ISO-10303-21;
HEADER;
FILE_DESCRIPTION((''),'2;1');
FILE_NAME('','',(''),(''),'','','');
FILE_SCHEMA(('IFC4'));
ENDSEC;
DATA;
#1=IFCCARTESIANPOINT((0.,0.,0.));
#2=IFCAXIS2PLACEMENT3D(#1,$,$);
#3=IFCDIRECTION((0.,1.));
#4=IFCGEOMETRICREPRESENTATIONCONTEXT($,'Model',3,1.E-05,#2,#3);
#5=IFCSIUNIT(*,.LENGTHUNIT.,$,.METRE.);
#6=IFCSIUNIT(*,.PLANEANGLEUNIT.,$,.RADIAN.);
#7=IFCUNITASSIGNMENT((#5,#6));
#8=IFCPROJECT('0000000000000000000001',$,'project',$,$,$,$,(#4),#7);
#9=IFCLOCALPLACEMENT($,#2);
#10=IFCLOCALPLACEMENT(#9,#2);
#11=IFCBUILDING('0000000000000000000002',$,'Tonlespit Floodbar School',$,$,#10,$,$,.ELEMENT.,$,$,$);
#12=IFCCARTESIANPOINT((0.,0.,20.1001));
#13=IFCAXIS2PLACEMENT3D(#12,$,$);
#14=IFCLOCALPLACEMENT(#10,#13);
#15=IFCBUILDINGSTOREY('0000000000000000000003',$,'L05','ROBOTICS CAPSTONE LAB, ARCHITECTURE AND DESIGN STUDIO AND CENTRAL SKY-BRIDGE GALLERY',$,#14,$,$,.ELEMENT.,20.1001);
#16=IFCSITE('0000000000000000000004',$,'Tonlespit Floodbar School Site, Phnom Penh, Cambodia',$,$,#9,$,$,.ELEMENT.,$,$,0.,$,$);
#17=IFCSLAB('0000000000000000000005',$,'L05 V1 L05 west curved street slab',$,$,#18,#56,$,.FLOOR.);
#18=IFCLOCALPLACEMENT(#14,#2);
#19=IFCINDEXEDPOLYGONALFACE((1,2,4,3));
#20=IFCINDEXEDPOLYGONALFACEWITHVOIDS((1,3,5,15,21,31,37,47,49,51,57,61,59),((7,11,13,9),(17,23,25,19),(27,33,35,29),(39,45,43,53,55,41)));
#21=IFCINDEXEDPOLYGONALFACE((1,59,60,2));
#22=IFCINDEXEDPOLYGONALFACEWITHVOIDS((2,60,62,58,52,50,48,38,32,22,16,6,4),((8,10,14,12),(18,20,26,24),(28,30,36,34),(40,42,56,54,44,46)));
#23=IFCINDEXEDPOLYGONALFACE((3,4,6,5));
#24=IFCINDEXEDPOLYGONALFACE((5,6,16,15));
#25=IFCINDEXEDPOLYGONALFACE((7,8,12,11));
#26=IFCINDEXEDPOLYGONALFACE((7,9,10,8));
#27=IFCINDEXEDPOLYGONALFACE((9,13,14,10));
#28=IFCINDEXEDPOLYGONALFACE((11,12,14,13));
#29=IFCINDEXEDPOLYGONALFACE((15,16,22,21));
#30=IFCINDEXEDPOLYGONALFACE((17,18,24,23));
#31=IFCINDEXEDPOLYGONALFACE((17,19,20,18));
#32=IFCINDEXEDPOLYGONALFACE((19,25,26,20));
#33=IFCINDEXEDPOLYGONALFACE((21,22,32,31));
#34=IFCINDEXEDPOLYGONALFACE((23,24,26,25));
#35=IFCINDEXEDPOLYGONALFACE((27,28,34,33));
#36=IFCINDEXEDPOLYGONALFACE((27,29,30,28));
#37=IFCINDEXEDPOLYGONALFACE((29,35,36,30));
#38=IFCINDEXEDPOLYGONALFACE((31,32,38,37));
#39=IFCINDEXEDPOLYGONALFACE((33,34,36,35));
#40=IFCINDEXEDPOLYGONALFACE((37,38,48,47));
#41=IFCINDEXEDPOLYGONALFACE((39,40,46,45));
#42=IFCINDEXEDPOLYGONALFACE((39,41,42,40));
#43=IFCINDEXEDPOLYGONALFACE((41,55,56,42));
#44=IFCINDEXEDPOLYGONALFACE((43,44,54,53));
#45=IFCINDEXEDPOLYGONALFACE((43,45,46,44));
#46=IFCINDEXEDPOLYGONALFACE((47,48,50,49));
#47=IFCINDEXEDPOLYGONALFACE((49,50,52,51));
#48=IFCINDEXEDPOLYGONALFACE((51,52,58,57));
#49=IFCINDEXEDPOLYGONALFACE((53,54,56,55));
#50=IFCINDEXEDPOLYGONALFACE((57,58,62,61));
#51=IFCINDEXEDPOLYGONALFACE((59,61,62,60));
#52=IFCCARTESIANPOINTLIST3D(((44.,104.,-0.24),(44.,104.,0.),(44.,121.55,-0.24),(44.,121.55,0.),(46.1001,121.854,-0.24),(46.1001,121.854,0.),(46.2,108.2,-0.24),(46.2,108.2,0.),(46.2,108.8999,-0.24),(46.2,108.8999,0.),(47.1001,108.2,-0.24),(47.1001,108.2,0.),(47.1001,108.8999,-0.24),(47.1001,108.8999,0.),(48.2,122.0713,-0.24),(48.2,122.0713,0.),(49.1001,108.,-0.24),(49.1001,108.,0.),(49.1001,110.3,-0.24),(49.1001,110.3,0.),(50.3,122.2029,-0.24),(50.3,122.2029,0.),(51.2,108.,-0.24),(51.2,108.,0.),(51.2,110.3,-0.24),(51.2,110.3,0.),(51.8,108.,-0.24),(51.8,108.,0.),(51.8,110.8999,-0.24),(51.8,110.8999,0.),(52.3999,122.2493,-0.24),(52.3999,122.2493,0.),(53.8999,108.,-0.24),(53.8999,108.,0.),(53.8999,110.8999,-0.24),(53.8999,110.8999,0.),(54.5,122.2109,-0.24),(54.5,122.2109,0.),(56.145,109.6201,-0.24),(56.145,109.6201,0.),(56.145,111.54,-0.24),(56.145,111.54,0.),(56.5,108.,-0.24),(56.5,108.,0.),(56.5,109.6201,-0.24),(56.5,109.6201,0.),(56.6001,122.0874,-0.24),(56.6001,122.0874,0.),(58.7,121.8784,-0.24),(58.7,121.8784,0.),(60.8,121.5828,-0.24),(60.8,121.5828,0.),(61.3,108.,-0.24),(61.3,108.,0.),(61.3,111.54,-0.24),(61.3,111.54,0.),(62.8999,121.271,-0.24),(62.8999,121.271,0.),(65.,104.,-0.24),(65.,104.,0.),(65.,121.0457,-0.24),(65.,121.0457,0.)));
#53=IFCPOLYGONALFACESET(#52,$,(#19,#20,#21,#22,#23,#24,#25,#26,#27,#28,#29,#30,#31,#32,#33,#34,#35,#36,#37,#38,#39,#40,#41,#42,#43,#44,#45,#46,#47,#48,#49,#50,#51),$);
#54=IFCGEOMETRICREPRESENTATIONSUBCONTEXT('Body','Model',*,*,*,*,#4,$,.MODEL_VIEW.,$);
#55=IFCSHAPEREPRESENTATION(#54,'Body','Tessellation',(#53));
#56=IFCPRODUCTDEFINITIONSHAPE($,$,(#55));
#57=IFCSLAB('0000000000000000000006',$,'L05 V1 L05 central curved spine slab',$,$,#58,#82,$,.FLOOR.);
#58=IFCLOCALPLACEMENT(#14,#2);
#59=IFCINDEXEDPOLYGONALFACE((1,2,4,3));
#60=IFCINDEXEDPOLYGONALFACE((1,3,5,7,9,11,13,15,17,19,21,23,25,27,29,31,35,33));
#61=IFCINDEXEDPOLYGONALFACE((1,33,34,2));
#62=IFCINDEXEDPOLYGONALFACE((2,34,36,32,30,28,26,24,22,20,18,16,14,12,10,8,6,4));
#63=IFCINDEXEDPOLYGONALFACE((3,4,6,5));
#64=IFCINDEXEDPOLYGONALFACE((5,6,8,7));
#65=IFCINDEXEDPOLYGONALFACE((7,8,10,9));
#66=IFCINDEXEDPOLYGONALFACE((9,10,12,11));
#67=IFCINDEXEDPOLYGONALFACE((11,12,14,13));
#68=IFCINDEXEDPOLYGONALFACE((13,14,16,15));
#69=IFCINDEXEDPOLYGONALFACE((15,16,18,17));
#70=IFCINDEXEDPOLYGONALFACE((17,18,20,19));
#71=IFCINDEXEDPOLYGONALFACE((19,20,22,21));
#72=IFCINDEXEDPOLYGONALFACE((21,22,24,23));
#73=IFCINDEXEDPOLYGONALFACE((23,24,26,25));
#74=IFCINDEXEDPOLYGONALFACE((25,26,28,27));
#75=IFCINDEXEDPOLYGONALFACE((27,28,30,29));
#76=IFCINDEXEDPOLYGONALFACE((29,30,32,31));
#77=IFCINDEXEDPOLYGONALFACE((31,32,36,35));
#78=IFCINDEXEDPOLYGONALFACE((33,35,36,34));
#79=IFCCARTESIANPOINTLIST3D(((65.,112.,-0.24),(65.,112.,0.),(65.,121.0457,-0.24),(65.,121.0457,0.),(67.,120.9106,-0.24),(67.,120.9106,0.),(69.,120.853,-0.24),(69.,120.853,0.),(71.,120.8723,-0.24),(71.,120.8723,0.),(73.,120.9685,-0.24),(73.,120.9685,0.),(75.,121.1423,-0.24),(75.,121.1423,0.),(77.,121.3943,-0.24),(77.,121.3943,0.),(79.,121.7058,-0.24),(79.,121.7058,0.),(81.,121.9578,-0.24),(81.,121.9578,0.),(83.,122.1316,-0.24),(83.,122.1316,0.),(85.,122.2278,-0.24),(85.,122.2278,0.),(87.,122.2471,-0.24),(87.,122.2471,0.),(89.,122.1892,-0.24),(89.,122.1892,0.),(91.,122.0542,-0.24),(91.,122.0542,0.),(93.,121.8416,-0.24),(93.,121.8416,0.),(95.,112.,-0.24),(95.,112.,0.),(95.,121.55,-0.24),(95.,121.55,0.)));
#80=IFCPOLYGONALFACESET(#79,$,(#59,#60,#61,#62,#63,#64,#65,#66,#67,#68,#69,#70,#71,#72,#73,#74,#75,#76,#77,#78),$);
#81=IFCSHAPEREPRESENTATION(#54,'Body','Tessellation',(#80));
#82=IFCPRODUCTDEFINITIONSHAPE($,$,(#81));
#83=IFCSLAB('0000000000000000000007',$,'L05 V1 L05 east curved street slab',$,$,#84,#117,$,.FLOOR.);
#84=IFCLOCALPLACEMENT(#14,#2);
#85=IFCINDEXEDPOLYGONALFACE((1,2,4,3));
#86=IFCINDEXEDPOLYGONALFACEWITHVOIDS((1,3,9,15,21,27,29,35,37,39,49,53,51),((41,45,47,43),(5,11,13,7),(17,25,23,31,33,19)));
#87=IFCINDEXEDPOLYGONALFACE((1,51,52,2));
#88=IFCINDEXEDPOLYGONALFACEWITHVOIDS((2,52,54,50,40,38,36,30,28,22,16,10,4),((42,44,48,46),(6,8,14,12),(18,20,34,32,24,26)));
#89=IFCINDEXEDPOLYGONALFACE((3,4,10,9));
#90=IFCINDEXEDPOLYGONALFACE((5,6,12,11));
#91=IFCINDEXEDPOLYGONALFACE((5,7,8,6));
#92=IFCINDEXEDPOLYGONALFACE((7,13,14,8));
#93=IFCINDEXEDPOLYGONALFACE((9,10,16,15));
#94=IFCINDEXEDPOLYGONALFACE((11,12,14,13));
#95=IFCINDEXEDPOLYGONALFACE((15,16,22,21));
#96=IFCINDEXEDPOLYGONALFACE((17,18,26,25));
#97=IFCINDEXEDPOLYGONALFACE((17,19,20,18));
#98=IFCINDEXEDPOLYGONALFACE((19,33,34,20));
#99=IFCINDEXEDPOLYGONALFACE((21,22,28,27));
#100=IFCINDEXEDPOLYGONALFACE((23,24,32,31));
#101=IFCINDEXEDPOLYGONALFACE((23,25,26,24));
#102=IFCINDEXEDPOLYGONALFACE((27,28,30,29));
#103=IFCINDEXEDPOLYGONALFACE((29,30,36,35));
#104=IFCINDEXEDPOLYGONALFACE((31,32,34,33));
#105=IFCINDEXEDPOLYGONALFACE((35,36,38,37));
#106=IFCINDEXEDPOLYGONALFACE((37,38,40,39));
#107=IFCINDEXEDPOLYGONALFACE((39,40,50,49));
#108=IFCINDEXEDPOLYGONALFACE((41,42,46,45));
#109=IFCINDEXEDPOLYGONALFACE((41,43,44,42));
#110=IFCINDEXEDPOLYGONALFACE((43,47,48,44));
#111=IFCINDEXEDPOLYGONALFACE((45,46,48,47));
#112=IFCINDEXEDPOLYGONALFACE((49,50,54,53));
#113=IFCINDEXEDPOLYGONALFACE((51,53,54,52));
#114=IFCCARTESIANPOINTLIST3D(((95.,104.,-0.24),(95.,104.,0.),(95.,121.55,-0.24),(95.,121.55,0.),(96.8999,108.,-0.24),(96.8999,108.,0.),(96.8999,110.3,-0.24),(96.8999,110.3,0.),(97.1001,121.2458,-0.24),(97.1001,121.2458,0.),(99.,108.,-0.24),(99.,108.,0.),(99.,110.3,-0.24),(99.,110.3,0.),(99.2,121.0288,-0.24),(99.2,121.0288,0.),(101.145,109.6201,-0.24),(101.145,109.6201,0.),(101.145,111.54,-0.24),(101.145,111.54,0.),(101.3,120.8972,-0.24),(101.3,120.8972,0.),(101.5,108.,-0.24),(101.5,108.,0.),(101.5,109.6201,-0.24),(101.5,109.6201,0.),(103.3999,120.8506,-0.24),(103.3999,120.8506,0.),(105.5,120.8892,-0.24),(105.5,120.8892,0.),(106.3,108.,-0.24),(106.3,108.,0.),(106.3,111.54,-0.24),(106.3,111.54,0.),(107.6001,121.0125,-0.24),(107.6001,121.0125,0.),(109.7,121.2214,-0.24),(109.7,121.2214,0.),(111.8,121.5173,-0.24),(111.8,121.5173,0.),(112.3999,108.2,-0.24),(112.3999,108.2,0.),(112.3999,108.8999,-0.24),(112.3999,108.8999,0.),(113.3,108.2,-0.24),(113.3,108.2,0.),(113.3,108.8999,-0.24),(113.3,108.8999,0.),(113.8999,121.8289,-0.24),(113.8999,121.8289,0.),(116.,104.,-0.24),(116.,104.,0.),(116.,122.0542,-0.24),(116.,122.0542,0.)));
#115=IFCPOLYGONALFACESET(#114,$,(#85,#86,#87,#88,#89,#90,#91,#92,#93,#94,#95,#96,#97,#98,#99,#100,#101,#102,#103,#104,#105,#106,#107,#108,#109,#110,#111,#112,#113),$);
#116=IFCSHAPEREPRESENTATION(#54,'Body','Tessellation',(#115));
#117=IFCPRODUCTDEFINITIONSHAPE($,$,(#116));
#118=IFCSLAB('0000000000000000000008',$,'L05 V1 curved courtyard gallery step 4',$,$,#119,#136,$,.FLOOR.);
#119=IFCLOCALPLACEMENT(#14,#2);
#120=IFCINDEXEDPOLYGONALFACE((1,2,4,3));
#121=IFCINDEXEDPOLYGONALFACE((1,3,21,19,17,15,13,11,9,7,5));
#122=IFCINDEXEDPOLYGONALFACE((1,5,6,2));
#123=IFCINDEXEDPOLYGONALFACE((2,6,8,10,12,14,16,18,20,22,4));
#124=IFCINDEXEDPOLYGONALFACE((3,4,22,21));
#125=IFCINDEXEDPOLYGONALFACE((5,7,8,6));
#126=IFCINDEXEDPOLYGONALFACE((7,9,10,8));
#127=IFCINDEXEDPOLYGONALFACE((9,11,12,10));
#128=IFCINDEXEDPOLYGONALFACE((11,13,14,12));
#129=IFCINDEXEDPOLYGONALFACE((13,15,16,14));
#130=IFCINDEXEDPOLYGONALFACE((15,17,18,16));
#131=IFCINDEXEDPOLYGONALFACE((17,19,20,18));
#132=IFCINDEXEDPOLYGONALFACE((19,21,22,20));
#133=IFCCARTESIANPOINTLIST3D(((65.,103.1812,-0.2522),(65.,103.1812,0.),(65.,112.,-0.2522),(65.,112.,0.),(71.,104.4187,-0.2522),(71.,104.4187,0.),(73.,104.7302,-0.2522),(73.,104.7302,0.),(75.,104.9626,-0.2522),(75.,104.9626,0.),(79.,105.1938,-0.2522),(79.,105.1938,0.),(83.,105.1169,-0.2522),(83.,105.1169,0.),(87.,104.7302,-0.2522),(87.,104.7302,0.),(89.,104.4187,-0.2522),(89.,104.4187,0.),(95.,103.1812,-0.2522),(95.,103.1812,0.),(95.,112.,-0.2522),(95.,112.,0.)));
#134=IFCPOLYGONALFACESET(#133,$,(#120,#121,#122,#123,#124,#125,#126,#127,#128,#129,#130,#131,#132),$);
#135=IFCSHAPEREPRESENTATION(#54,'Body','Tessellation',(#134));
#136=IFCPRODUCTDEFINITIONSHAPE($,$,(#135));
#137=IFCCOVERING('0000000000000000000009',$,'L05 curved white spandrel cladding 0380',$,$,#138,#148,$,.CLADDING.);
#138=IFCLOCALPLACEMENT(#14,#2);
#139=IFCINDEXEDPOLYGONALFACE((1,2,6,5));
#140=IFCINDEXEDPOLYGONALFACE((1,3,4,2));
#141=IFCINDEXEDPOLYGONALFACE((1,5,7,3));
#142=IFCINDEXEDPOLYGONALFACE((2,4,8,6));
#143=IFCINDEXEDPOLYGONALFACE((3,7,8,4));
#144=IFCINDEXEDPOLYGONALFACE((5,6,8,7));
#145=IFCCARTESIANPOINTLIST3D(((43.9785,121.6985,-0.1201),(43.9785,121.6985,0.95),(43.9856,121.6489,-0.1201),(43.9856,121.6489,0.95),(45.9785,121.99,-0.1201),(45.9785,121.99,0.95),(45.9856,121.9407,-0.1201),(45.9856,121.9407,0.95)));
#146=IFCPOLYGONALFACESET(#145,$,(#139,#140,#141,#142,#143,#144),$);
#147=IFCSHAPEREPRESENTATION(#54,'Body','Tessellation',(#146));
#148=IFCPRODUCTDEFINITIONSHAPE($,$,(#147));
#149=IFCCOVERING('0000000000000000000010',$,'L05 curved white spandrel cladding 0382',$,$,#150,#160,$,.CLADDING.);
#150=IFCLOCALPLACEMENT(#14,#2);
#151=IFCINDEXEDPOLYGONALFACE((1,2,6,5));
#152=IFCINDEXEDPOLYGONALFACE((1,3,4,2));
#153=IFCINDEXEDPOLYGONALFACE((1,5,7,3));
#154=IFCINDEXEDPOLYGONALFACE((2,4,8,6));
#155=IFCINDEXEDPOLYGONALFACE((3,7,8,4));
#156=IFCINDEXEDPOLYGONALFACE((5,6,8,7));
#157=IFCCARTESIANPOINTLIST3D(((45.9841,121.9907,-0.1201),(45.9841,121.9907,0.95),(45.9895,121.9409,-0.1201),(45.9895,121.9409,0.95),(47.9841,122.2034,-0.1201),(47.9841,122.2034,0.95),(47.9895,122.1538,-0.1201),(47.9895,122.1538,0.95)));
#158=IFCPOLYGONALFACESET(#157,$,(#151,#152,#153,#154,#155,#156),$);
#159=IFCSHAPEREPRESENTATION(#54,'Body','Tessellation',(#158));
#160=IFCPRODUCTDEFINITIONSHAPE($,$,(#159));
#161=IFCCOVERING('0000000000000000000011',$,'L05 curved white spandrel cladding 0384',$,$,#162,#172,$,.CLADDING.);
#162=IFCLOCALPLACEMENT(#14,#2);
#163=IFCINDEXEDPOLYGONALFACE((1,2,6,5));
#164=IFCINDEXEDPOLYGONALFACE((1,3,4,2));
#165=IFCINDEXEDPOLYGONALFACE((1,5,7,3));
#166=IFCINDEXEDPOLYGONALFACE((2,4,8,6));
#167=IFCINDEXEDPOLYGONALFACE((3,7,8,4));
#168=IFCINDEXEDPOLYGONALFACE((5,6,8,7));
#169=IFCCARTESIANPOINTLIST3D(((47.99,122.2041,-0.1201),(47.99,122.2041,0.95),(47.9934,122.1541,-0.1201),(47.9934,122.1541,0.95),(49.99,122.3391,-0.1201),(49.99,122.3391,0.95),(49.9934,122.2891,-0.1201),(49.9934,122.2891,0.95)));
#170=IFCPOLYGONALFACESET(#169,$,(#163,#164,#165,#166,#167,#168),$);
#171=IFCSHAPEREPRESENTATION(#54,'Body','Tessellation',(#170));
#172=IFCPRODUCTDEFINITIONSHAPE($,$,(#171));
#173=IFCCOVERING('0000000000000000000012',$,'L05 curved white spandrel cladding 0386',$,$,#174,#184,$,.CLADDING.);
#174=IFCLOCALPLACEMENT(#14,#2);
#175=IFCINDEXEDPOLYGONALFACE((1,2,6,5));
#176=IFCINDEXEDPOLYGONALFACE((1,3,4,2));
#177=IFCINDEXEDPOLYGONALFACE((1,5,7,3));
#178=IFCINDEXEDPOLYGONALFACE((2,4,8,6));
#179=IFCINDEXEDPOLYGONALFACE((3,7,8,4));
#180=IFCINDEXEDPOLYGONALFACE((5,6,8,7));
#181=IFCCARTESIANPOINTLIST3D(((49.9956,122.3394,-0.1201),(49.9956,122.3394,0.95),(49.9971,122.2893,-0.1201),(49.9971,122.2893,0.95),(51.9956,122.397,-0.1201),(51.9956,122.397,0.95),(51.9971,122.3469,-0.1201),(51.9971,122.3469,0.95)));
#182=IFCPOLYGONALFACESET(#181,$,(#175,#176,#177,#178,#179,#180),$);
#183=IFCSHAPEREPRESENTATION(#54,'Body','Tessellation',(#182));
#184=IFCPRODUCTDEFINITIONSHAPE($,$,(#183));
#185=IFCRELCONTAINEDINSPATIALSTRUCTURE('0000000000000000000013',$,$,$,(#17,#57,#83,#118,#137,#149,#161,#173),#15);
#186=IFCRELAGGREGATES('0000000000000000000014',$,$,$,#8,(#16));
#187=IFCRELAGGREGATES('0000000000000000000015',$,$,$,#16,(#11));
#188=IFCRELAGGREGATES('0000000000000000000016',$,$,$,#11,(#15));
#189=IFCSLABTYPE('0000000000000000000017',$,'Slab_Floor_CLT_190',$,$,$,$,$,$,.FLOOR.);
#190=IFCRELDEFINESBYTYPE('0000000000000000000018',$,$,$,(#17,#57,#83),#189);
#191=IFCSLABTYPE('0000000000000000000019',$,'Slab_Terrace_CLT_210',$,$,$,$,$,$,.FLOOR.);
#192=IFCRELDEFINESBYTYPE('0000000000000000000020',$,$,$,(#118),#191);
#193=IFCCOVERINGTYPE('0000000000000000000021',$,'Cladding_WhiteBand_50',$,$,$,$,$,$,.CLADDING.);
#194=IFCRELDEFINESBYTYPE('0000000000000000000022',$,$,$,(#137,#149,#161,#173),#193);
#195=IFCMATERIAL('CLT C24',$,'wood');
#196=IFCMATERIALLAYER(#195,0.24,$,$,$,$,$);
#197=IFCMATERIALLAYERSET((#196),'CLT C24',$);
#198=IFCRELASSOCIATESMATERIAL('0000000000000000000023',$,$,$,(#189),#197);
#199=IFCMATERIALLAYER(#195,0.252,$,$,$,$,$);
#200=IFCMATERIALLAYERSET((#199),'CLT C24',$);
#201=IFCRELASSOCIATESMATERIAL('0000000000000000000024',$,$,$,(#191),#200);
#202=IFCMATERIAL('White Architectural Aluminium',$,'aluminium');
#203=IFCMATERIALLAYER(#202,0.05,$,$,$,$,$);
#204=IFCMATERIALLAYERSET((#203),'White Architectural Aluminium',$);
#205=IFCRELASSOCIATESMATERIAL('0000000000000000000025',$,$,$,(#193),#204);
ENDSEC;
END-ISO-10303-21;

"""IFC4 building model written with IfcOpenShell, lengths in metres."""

from ifc_helpers import new_model, si_unit, direction, frame, origin, place, context, subcontext, project, spatial, polyline, outline, extrude, material, layer, layer_set, type_object, element, save


model = new_model("IFC4")

# Units and contexts
model_context = context("Model", 3, precision=1e-05, world=origin(), true_north=direction((0.0, 1.0)))
body_context = subcontext(model_context, "Body", "Model", "MODEL_VIEW")
ifc_project = project(units=[si_unit("LENGTHUNIT", "METRE"), si_unit("PLANEANGLEUNIT", "RADIAN")], contexts=[model_context])

# Site, building, storey
site_placement = place(None, origin())
site = spatial("IfcSite", under=ifc_project, at=site_placement, Name="Tonlespit Floodbar School Site, Phnom Penh, Cambodia", CompositionType="ELEMENT", RefElevation=0.0)
building_placement = place(site_placement, origin())
building = spatial("IfcBuilding", under=site, at=building_placement, Name="Tonlespit Floodbar School", CompositionType="ELEMENT")
storey_placement = place(building_placement, frame((0.0, 0.0, 20.1001)))
storey = spatial("IfcBuildingStorey", under=building, at=storey_placement, Name="L05", Description="ROBOTICS CAPSTONE LAB, ARCHITECTURE AND DESIGN STUDIO AND CENTRAL SKY-BRIDGE GALLERY", CompositionType="ELEMENT", Elevation=20.1001)

# Slabs
ifc_material_1 = material(Name="CLT C24", Category="wood")
ifc_layer_1 = layer(ifc_material_1, 0.24)
ifc_layer_set_1 = layer_set([ifc_layer_1], Name="CLT C24")
slab_type_1 = type_object("IfcSlabType", Name="Slab_Floor_CLT_190", PredefinedType="FLOOR", material=ifc_layer_set_1)
slab_1_placement = place(storey_placement, frame((0.0, 0.0, -0.24)))
element("IfcSlab", 1, at=slab_1_placement, inside=storey, type_object=slab_type_1, Name="L05 V1 L05 west curved street slab", PredefinedType="FLOOR", context=body_context, shape_type="SweptSolid", body=[
    extrude(outline(polyline([(44.0, 104.0), (65.0, 104.0), (65.0, 121.0457), (62.8999, 121.271), (60.8, 121.5828), (58.7, 121.8784), (56.6001, 122.0874), (54.5, 122.2109), (52.3999, 122.2493), (50.3, 122.2029), (48.2, 122.0713), (46.1001, 121.854), (44.0, 121.55), (44.0, 104.0)]), holes=[polyline([(56.5, 108.0), (61.3, 108.0), (61.3, 111.54), (56.145, 111.54), (56.145, 109.6201), (56.5, 109.6201), (56.5, 108.0)]), polyline([(51.8, 108.0), (53.8999, 108.0), (53.8999, 110.8999), (51.8, 110.8999), (51.8, 108.0)]), polyline([(49.1001, 108.0), (51.2, 108.0), (51.2, 110.3), (49.1001, 110.3), (49.1001, 108.0)]), polyline([(46.2, 108.2), (47.1001, 108.2), (47.1001, 108.8999), (46.2, 108.8999), (46.2, 108.2)])]), origin(), (0.0, 0.0, 1.0), 0.24),
])
slab_2_placement = place(storey_placement, frame((0.0, 0.0, -0.24)))
element("IfcSlab", 2, at=slab_2_placement, inside=storey, type_object=slab_type_1, Name="L05 V1 L05 central curved spine slab", PredefinedType="FLOOR", context=body_context, shape_type="SweptSolid", body=[
    extrude(outline(polyline([(65.0, 112.0), (95.0, 112.0), (95.0, 121.55), (93.0, 121.8416), (91.0, 122.0542), (89.0, 122.1892), (87.0, 122.2471), (85.0, 122.2278), (83.0, 122.1316), (81.0, 121.9578), (79.0, 121.7058), (77.0, 121.3943), (75.0, 121.1423), (73.0, 120.9685), (71.0, 120.8723), (69.0, 120.853), (67.0, 120.9106), (65.0, 121.0457), (65.0, 112.0)])), origin(), (0.0, 0.0, 1.0), 0.24),
])
slab_3_placement = place(storey_placement, frame((0.0, 0.0, -0.24)))
element("IfcSlab", 3, at=slab_3_placement, inside=storey, type_object=slab_type_1, Name="L05 V1 L05 east curved street slab", PredefinedType="FLOOR", context=body_context, shape_type="SweptSolid", body=[
    extrude(outline(polyline([(95.0, 104.0), (116.0, 104.0), (116.0, 122.0542), (113.8999, 121.8289), (111.8, 121.5173), (109.7, 121.2214), (107.6001, 121.0125), (105.5, 120.8892), (103.3999, 120.8506), (101.3, 120.8972), (99.2, 121.0288), (97.1001, 121.2458), (95.0, 121.55), (95.0, 104.0)]), holes=[polyline([(101.5, 108.0), (106.3, 108.0), (106.3, 111.54), (101.145, 111.54), (101.145, 109.6201), (101.5, 109.6201), (101.5, 108.0)]), polyline([(96.8999, 108.0), (99.0, 108.0), (99.0, 110.3), (96.8999, 110.3), (96.8999, 108.0)]), polyline([(112.3999, 108.2), (113.3, 108.2), (113.3, 108.8999), (112.3999, 108.8999), (112.3999, 108.2)])]), origin(), (0.0, 0.0, 1.0), 0.24),
])
ifc_layer_2 = layer(ifc_material_1, 0.252)
ifc_layer_set_2 = layer_set([ifc_layer_2], Name="CLT C24")
slab_type_2 = type_object("IfcSlabType", Name="Slab_Terrace_CLT_210", PredefinedType="FLOOR", material=ifc_layer_set_2)
slab_4_placement = place(storey_placement, frame((0.0, 0.0, -0.2522)))
element("IfcSlab", 4, at=slab_4_placement, inside=storey, type_object=slab_type_2, Name="L05 V1 curved courtyard gallery step 4", PredefinedType="FLOOR", context=body_context, shape_type="SweptSolid", body=[
    extrude(outline(polyline([(65.0, 103.1812), (71.0, 104.4187), (73.0, 104.7302), (75.0, 104.9626), (79.0, 105.1938), (83.0, 105.1169), (87.0, 104.7302), (89.0, 104.4187), (95.0, 103.1812), (95.0, 112.0), (65.0, 112.0), (65.0, 103.1812)])), origin(), (0.0, 0.0, 1.0), 0.2522),
])

# Coverings
ifc_material_2 = material(Name="White Architectural Aluminium", Category="aluminium")
ifc_layer_3 = layer(ifc_material_2, 0.05)
ifc_layer_set_3 = layer_set([ifc_layer_3], Name="White Architectural Aluminium")
covering_type = type_object("IfcCoveringType", Name="Cladding_WhiteBand_50", PredefinedType="CLADDING", material=ifc_layer_set_3)
covering_1_placement = place(storey_placement, frame((0.0, 0.0, -0.1201)))
element("IfcCovering", 5, at=covering_1_placement, inside=storey, type_object=covering_type, Name="L05 curved white spandrel cladding 0380", PredefinedType="CLADDING", context=body_context, shape_type="SweptSolid", body=[
    extrude(outline(polyline([(43.9856, 121.6489), (45.9856, 121.9407), (45.9785, 121.99), (43.9785, 121.6985), (43.9856, 121.6489)])), origin(), (0.0, 0.0, 1.0), 1.0701),
])
covering_2_placement = place(storey_placement, frame((0.0, 0.0, -0.1201)))
element("IfcCovering", 6, at=covering_2_placement, inside=storey, type_object=covering_type, Name="L05 curved white spandrel cladding 0382", PredefinedType="CLADDING", context=body_context, shape_type="SweptSolid", body=[
    extrude(outline(polyline([(45.9895, 121.9409), (47.9895, 122.1538), (47.9841, 122.2034), (45.9841, 121.9907), (45.9895, 121.9409)])), origin(), (0.0, 0.0, 1.0), 1.0701),
])
covering_3_placement = place(storey_placement, frame((0.0, 0.0, -0.1201)))
element("IfcCovering", 7, at=covering_3_placement, inside=storey, type_object=covering_type, Name="L05 curved white spandrel cladding 0384", PredefinedType="CLADDING", context=body_context, shape_type="SweptSolid", body=[
    extrude(outline(polyline([(47.9934, 122.1541), (49.9934, 122.2891), (49.99, 122.3391), (47.99, 122.2041), (47.9934, 122.1541)])), origin(), (0.0, 0.0, 1.0), 1.0701),
])
covering_4_placement = place(storey_placement, frame((0.0, 0.0, -0.1201)))
element("IfcCovering", 8, at=covering_4_placement, inside=storey, type_object=covering_type, Name="L05 curved white spandrel cladding 0386", PredefinedType="CLADDING", context=body_context, shape_type="SweptSolid", body=[
    extrude(outline(polyline([(49.9971, 122.2893), (51.9971, 122.3469), (51.9956, 122.397), (49.9956, 122.3394), (49.9971, 122.2893)])), origin(), (0.0, 0.0, 1.0), 1.0701),
])

save(model, "model.ifc")
